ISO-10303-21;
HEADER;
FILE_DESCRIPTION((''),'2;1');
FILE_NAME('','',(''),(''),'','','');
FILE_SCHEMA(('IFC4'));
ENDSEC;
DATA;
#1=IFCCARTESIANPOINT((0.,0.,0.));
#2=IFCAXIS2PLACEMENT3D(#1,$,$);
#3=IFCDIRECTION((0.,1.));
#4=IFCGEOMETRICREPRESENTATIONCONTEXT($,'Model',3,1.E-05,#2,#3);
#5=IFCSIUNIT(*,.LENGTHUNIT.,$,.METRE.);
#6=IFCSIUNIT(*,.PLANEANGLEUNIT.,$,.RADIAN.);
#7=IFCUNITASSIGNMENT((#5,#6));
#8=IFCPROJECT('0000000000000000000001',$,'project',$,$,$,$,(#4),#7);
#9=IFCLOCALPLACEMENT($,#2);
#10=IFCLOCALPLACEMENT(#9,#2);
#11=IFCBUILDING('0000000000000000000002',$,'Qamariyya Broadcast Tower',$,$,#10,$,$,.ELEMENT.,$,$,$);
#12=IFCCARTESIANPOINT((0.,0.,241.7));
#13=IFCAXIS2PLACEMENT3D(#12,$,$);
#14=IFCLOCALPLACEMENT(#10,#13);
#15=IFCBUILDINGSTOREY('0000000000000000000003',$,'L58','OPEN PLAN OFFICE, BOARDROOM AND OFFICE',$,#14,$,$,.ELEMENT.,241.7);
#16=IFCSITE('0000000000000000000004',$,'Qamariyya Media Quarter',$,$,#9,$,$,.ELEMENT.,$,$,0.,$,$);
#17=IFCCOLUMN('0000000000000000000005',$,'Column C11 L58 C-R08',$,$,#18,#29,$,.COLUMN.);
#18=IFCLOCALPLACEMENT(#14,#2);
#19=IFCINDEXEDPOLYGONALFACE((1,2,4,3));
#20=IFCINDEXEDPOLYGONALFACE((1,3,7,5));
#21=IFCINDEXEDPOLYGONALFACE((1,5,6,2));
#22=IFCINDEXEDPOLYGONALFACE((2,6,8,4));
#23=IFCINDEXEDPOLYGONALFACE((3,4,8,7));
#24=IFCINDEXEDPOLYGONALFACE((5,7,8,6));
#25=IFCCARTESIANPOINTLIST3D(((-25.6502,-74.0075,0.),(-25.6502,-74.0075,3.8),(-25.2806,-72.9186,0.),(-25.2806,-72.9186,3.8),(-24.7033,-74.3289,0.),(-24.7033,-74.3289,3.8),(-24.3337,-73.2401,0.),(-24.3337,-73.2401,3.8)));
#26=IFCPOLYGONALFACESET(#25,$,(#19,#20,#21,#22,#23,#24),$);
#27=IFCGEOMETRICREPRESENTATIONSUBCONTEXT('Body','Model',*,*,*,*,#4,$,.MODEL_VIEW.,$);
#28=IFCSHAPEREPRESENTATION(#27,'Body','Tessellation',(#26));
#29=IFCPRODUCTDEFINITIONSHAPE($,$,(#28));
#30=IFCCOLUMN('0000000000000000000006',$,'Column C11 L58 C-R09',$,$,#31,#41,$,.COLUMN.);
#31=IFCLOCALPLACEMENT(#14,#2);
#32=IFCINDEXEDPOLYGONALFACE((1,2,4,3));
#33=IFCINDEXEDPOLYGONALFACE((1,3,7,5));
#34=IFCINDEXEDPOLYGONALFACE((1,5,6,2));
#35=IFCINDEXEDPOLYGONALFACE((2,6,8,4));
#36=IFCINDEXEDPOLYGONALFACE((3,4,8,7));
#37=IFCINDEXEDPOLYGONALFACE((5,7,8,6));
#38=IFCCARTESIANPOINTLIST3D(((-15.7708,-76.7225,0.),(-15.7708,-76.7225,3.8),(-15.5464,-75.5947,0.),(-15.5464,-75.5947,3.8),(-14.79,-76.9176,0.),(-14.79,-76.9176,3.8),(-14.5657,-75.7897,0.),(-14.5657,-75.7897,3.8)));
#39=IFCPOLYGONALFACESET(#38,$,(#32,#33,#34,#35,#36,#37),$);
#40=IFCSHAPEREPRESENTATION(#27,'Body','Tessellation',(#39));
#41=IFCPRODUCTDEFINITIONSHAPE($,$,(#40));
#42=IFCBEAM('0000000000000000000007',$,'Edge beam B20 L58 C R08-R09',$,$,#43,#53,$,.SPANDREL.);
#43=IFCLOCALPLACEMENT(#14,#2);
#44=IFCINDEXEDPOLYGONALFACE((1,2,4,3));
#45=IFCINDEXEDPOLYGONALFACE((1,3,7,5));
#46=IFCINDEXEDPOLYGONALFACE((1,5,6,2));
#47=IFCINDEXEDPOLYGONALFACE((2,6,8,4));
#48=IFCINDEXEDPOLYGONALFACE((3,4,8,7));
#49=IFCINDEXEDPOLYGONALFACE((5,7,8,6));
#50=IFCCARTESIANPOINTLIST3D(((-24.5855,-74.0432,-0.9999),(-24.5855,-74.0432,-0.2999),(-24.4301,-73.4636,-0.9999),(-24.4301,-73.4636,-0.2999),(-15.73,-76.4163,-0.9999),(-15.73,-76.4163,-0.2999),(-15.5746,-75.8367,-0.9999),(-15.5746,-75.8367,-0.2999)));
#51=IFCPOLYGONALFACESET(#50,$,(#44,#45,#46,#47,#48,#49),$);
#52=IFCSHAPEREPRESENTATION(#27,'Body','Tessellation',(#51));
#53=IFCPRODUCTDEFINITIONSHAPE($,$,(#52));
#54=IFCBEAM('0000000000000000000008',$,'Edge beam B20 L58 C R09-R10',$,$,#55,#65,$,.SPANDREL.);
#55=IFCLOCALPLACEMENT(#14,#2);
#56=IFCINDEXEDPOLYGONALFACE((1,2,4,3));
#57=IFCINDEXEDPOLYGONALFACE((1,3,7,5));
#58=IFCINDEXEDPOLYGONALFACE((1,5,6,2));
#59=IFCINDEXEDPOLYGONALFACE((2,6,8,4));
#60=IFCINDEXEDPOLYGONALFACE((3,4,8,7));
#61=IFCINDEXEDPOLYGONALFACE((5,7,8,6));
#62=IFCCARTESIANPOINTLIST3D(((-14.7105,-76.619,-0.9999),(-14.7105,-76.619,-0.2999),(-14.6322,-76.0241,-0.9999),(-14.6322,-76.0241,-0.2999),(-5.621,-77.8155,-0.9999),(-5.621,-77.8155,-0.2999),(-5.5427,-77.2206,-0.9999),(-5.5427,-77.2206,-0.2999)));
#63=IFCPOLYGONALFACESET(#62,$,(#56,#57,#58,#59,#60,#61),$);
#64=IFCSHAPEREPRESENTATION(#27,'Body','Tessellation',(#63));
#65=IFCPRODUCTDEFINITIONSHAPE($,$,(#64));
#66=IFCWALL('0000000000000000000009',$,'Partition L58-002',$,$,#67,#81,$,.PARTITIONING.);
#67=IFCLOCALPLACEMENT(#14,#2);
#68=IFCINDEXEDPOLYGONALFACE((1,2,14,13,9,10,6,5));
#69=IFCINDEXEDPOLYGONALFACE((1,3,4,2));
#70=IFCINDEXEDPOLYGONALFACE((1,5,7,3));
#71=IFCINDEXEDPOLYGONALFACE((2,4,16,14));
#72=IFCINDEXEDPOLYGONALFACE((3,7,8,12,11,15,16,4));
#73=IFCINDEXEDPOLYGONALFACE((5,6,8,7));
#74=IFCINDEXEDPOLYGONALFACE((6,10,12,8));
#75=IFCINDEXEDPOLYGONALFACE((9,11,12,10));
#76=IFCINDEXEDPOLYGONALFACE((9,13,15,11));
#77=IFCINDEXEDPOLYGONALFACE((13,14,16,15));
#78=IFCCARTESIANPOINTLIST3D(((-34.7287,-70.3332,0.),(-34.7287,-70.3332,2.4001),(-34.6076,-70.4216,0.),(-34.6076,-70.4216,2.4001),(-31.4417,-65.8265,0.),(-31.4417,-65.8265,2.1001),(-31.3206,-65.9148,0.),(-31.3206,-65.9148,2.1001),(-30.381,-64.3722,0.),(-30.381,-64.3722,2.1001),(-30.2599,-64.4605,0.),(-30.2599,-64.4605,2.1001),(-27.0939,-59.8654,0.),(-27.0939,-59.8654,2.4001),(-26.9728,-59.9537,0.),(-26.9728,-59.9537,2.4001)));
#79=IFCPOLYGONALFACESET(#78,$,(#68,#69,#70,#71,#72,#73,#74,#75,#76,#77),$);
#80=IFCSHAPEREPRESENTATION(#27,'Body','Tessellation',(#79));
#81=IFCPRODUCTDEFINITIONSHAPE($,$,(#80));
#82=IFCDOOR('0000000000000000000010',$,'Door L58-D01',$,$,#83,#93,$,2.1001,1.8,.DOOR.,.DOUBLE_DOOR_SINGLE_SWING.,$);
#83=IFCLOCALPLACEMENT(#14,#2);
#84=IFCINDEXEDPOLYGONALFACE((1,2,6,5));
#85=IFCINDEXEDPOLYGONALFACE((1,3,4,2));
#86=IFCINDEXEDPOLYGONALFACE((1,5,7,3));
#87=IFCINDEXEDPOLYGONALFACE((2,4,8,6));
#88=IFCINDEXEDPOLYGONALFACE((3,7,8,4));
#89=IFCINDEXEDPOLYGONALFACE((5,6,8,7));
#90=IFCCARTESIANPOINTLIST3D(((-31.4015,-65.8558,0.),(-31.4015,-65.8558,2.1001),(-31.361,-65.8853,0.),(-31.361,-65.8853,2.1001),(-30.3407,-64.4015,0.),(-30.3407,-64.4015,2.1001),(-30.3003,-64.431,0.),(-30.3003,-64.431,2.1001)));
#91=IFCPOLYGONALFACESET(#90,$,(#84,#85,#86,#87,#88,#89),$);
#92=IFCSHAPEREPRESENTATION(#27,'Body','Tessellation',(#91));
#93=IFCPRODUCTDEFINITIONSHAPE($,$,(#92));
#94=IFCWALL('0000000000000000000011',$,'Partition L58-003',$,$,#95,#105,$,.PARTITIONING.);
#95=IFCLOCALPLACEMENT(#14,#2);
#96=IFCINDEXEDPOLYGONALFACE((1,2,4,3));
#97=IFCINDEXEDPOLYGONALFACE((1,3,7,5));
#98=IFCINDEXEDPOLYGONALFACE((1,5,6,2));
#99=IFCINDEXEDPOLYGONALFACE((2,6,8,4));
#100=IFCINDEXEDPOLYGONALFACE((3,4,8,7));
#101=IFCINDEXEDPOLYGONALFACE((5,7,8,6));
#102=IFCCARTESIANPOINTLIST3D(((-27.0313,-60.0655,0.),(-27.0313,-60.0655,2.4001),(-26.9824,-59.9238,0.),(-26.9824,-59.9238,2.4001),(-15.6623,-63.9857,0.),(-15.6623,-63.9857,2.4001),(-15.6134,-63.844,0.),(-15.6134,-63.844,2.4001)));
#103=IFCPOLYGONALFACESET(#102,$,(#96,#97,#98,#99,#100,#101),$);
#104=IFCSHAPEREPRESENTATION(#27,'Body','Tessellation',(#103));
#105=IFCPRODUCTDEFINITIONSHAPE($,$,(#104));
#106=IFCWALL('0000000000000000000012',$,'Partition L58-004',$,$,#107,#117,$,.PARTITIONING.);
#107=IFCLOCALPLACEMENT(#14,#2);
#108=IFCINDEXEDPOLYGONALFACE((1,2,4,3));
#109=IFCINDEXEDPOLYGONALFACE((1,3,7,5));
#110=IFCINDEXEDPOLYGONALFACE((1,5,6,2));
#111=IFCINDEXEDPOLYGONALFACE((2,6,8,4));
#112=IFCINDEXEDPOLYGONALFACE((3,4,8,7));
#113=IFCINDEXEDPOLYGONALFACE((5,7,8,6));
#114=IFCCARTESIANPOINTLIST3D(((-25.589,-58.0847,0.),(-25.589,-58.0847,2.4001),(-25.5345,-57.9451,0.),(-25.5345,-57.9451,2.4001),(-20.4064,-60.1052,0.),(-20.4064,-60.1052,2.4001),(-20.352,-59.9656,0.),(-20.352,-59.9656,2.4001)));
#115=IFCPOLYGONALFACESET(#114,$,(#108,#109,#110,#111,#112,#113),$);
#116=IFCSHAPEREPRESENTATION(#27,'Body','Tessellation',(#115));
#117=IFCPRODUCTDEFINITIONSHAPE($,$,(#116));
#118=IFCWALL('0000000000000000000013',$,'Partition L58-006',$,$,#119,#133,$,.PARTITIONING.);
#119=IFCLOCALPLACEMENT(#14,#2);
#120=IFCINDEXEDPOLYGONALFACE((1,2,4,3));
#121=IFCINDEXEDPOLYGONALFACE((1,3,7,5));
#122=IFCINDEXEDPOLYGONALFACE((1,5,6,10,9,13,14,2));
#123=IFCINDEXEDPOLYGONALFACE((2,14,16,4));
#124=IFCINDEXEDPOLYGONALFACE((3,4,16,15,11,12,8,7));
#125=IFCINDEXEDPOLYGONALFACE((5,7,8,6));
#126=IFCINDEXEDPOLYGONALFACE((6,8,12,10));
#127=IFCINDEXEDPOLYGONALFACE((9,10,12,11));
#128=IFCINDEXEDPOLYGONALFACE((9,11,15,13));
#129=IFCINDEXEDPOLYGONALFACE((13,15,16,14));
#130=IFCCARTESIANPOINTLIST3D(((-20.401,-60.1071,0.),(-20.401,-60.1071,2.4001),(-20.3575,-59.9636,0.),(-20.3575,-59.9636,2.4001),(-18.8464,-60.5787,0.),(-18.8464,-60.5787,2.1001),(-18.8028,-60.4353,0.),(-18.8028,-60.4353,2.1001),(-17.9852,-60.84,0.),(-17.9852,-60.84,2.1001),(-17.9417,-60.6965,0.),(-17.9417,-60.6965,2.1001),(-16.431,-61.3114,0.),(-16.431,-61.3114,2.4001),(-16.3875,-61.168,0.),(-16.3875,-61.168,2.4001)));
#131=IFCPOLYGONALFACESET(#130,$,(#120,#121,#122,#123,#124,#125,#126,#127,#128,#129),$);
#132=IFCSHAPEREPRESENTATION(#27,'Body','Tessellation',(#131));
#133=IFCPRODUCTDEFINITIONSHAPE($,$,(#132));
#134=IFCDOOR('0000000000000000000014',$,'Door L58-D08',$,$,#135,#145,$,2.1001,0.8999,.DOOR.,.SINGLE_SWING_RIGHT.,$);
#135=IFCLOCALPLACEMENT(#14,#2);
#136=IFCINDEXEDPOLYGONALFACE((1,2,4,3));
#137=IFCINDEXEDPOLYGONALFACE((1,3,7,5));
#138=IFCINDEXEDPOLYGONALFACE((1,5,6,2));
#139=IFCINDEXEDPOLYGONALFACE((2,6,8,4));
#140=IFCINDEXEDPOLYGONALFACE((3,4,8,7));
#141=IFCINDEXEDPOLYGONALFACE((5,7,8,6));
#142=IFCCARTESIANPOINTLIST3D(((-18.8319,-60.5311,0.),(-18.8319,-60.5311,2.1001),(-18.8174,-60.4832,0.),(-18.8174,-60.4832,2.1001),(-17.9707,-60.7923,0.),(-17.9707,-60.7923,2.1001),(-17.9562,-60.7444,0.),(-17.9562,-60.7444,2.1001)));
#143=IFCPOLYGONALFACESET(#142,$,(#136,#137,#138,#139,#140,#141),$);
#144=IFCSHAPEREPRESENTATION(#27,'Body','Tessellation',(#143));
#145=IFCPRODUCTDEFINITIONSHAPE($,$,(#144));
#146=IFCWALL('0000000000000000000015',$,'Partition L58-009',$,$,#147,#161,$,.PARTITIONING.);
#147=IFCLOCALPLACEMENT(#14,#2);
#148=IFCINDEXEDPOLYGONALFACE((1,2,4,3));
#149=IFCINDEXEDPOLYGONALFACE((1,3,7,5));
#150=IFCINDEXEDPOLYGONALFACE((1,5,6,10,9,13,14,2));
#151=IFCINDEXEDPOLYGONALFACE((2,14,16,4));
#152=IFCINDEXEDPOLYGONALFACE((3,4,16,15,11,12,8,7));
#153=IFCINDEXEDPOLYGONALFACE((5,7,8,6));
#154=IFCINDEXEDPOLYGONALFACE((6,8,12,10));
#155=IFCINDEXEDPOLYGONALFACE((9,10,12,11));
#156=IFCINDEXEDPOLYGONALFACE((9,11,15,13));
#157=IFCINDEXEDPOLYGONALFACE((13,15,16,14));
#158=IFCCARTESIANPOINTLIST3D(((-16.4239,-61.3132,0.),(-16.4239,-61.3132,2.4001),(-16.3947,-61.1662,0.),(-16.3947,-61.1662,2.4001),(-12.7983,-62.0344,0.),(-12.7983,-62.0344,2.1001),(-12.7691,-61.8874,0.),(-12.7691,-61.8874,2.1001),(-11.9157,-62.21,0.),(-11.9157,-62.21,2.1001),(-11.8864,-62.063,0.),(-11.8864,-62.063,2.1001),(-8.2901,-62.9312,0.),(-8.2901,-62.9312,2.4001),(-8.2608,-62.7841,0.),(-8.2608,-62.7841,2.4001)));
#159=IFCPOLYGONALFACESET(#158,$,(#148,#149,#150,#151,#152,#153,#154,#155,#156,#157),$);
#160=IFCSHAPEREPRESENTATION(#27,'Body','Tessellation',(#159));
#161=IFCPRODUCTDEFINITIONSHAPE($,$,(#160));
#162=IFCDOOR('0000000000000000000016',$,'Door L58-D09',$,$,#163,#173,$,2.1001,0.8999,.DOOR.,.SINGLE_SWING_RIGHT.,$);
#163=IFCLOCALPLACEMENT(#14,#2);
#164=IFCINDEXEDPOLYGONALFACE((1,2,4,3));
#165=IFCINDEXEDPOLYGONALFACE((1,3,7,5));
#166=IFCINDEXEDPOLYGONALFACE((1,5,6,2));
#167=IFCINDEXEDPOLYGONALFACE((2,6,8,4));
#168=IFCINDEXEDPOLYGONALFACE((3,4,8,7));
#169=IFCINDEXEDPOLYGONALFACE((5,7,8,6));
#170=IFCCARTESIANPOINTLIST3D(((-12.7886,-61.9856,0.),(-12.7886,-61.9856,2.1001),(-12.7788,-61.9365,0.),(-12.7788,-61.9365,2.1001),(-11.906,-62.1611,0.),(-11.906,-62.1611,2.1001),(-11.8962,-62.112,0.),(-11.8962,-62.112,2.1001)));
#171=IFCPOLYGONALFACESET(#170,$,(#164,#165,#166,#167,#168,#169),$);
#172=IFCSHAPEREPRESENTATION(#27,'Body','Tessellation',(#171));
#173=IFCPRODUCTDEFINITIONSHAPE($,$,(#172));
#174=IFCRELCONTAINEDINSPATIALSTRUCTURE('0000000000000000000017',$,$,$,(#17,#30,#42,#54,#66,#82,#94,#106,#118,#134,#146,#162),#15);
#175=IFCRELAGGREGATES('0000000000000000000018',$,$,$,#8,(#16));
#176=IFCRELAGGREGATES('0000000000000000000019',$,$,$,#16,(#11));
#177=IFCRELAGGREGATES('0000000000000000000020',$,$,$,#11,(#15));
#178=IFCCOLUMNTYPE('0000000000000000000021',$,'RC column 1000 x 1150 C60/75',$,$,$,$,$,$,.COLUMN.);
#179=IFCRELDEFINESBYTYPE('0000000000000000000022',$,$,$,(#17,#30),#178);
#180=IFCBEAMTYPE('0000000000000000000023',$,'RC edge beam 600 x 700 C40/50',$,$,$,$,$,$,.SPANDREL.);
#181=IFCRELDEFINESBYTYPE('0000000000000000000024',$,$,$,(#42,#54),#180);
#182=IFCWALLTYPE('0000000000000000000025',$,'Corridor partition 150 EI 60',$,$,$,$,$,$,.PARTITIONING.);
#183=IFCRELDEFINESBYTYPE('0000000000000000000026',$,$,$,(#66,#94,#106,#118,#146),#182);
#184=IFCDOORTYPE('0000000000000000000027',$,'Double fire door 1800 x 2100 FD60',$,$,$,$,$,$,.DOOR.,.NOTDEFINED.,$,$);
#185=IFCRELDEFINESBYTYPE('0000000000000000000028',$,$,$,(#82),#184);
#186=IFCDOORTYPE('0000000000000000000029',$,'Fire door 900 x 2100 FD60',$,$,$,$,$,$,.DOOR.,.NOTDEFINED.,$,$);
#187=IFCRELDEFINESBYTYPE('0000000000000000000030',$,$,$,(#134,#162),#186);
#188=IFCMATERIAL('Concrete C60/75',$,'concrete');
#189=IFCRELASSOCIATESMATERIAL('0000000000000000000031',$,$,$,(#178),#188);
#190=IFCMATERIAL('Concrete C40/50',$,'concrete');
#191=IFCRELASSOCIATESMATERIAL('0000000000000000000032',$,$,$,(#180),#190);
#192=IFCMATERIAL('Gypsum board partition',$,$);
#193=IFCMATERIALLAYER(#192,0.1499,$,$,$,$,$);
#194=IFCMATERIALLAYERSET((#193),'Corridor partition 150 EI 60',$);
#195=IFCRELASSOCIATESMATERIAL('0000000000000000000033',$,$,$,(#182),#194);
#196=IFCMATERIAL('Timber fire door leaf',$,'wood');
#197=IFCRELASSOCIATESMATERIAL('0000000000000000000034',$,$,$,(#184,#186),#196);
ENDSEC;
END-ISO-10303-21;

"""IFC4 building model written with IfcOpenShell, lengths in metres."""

from ifc_helpers import new_model, si_unit, direction, frame, frame_2d, origin, origin_2d, place, context, subcontext, project, spatial, rectangle, extrude, material, layer, layer_set, material_profile, profile_set, type_object, element, fill, save


model = new_model("IFC4")

# Units and contexts
model_context = context("Model", 3, precision=1e-05, world=origin(), true_north=direction((0.0, 1.0)))
body_context = subcontext(model_context, "Body", "Model", "MODEL_VIEW")
ifc_project = project(units=[si_unit("LENGTHUNIT", "METRE"), si_unit("PLANEANGLEUNIT", "RADIAN")], contexts=[model_context])

# Site, building, storey
site_placement = place(None, origin())
site = spatial("IfcSite", under=ifc_project, at=site_placement, Name="Qamariyya Media Quarter", CompositionType="ELEMENT", RefElevation=0.0)
building_placement = place(site_placement, origin())
building = spatial("IfcBuilding", under=site, at=building_placement, Name="Qamariyya Broadcast Tower", CompositionType="ELEMENT")
storey_placement = place(building_placement, frame((0.0, 0.0, 241.7)))
storey = spatial("IfcBuildingStorey", under=building, at=storey_placement, Name="L58", Description="OPEN PLAN OFFICE, BOARDROOM AND OFFICE", CompositionType="ELEMENT", Elevation=241.7)

# Columns
ifc_material_1 = material(Name="Concrete C60/75", Category="concrete")
ifc_material_profile_1 = material_profile(ifc_material_1, rectangle(XDim=1.0, YDim=1.1499, at=origin_2d()))
ifc_profile_set_1 = profile_set([ifc_material_profile_1], Name="Concrete C60/75")
column_type = type_object("IfcColumnType", Name="RC column 1000 x 1150 C60/75", PredefinedType="COLUMN", material=ifc_profile_set_1)
for number, where, z_axis, x_axis, name in (
    (1, (-24.9919, -73.6238, 0.0), (0.0, 0.0, 1.0), (0.94693, -0.321439, 0.0), "Column C11 L58 C-R08"),
    (2, (-15.1682, -76.2561, 0.0), (0.0, 0.0, 1.0), (0.980785, -0.19509, 0.0), "Column C11 L58 C-R09"),
):
    element("IfcColumn", number, at=place(storey_placement, frame(where, z_axis=z_axis, x_axis=x_axis)), inside=storey, type_object=column_type, Name=name, PredefinedType="COLUMN", context=body_context, shape_type="SweptSolid", body=[
        extrude(rectangle(XDim=1.0, YDim=1.1499, at=origin_2d()), origin(), (0.0, 0.0, 1.0), 3.8),
    ])

# Beams
ifc_material_2 = material(Name="Concrete C40/50", Category="concrete")
ifc_material_profile_2 = material_profile(ifc_material_2, rectangle(XDim=0.6001, YDim=0.7, at=origin_2d()))
ifc_profile_set_2 = profile_set([ifc_material_profile_2], Name="Concrete C40/50")
beam_type = type_object("IfcBeamType", Name="RC edge beam 600 x 700 C40/50", PredefinedType="SPANDREL", material=ifc_profile_set_2)
for number, where, z_axis, x_axis, name in (
    (3, (-24.5078, -73.7534, -0.6499), (0.96592, -0.258843, 0.0), (0.258843, 0.96592, 0.0), "Edge beam B20 L58 C R08-R09"),
    (4, (-14.6714, -76.3215, -0.6499), (0.991447, -0.130512, 0.0), (0.130512, 0.991447, 0.0), "Edge beam B20 L58 C R09-R10"),
):
    element("IfcBeam", number, at=place(storey_placement, frame(where, z_axis=z_axis, x_axis=x_axis)), inside=storey, type_object=beam_type, Name=name, PredefinedType="SPANDREL", context=body_context, shape_type="SweptSolid", body=[
        extrude(rectangle(XDim=0.6001, YDim=0.7, at=origin_2d()), origin(), (0.0, 0.0, 1.0), 9.168),
    ])

# Wall, opening, door
ifc_material_3 = material(Name="Gypsum board partition")
ifc_layer_1 = layer(ifc_material_3, 0.1499)
ifc_layer_set_1 = layer_set([ifc_layer_1], Name="Corridor partition 150 EI 60")
wall_type_1 = type_object("IfcWallType", Name="Corridor partition 150 EI 60", PredefinedType="PARTITIONING", material=ifc_layer_set_1)
wall_1_placement = place(storey_placement, frame((-27.0334, -59.9097, 0.0), z_axis=(0.0, 0.0, 1.0), x_axis=(-0.589274, -0.807934, 0.0)))
wall_1 = element("IfcWall", 5, at=wall_1_placement, inside=storey, type_object=wall_type_1, Name="Partition L58-002", PredefinedType="PARTITIONING", context=body_context, shape_type="SweptSolid", body=[
    extrude(rectangle(XDim=12.9563, YDim=0.1499, at=frame_2d((6.478, 0.0))), origin(), (0.0, 0.0, 1.0), 2.4001),
])
opening_1_placement = place(wall_1_placement, frame((5.5781, 0.0, 0.0)))
opening_1 = element("IfcOpeningElement", 6, at=opening_1_placement, cuts=wall_1, PredefinedType="OPENING", context=body_context, shape_type="SweptSolid", body=[
    extrude(rectangle(XDim=1.8, YDim=2.1001, at=frame_2d((0.8999, 1.05))), frame((0.0, 0.085, 0.0), z_axis=(0.0, -1.0, 0.0), x_axis=(1.0, 0.0, 0.0)), (0.0, 0.0, 1.0), 0.1699),
])
ifc_material_4 = material(Name="Timber fire door leaf", Category="wood")
door_type_1 = type_object("IfcDoorType", Name="Double fire door 1800 x 2100 FD60", OperationType="NOTDEFINED", PredefinedType="DOOR", material=ifc_material_4)
door_1_placement = place(opening_1_placement, origin())
door_1 = element("IfcDoor", 7, at=door_1_placement, inside=storey, type_object=door_type_1, Name="Door L58-D01", OperationType="DOUBLE_DOOR_SINGLE_SWING", OverallHeight=2.1001, OverallWidth=1.8, PredefinedType="DOOR", context=body_context, shape_type="SweptSolid", body=[
    extrude(rectangle(XDim=1.8, YDim=2.1001, at=frame_2d((0.8999, 1.05))), frame((0.0, 0.0249, 0.0), z_axis=(0.0, -1.0, 0.0), x_axis=(1.0, 0.0, 0.0)), (0.0, 0.0, 1.0), 0.05),
])
fill(opening_1, door_1)

# Walls
wall_2_placement = place(storey_placement, frame((-27.0068, -59.9946, 0.0), z_axis=(0.0, 0.0, 1.0), x_axis=(0.945377, -0.32598, 0.0)))
element("IfcWall", 8, at=wall_2_placement, inside=storey, type_object=wall_type_1, Name="Partition L58-003", PredefinedType="PARTITIONING", context=body_context, shape_type="SweptSolid", body=[
    extrude(rectangle(XDim=12.0259, YDim=0.1499, at=frame_2d((6.0129, 0.0))), origin(), (0.0, 0.0, 1.0), 2.4001),
])
wall_3_placement = place(storey_placement, frame((-25.5618, -58.0149, 0.0), z_axis=(0.0, 0.0, 1.0), x_axis=(0.931698, -0.363234, 0.0)))
element("IfcWall", 9, at=wall_3_placement, inside=storey, type_object=wall_type_1, Name="Partition L58-004", PredefinedType="PARTITIONING", context=body_context, shape_type="SweptSolid", body=[
    extrude(rectangle(XDim=5.5625, YDim=0.1499, at=frame_2d((2.7812, 0.0))), origin(), (0.0, 0.0, 1.0), 2.4001),
])

# Walls, openings, doors
wall_4_placement = place(storey_placement, frame((-20.3792, -60.0354, 0.0), z_axis=(0.0, 0.0, 1.0), x_axis=(0.956936, -0.2903, 0.0)))
wall_4 = element("IfcWall", 10, at=wall_4_placement, inside=storey, type_object=wall_type_1, Name="Partition L58-006", PredefinedType="PARTITIONING", context=body_context, shape_type="SweptSolid", body=[
    extrude(rectangle(XDim=4.1487, YDim=0.1499, at=frame_2d((2.0742, 0.0))), origin(), (0.0, 0.0, 1.0), 2.4001),
])
opening_2_placement = place(wall_4_placement, frame((1.6245, 0.0, 0.0)))
opening_2 = element("IfcOpeningElement", 11, at=opening_2_placement, cuts=wall_4, PredefinedType="OPENING", context=body_context, shape_type="SweptSolid", body=[
    extrude(rectangle(XDim=0.8999, YDim=2.1001, at=frame_2d((0.45, 1.05))), frame((0.0, 0.085, 0.0), z_axis=(0.0, -1.0, 0.0), x_axis=(1.0, 0.0, 0.0)), (0.0, 0.0, 1.0), 0.1699),
])
door_type_2 = type_object("IfcDoorType", Name="Fire door 900 x 2100 FD60", OperationType="NOTDEFINED", PredefinedType="DOOR", material=ifc_material_4)
door_2_placement = place(opening_2_placement, origin())
door_2 = element("IfcDoor", 12, at=door_2_placement, inside=storey, type_object=door_type_2, Name="Door L58-D08", OperationType="SINGLE_SWING_RIGHT", OverallHeight=2.1001, OverallWidth=0.8999, PredefinedType="DOOR", context=body_context, shape_type="SweptSolid", body=[
    extrude(rectangle(XDim=0.8999, YDim=2.1001, at=frame_2d((0.45, 1.05))), frame((0.0, 0.0249, 0.0), z_axis=(0.0, -1.0, 0.0), x_axis=(1.0, 0.0, 0.0)), (0.0, 0.0, 1.0), 0.05),
])
fill(opening_2, door_2)
wall_5_placement = place(storey_placement, frame((-16.4092, -61.2397, 0.0), z_axis=(0.0, 0.0, 1.0), x_axis=(0.980785, -0.195091, 0.0)))
wall_5 = element("IfcWall", 13, at=wall_5_placement, inside=storey, type_object=wall_type_1, Name="Partition L58-009", PredefinedType="PARTITIONING", context=body_context, shape_type="SweptSolid", body=[
    extrude(rectangle(XDim=8.2932, YDim=0.1499, at=frame_2d((4.1465, 0.0))), origin(), (0.0, 0.0, 1.0), 2.4001),
])
opening_3_placement = place(wall_5_placement, frame((3.6965, 0.0, 0.0)))
opening_3 = element("IfcOpeningElement", 14, at=opening_3_placement, cuts=wall_5, PredefinedType="OPENING", context=body_context, shape_type="SweptSolid", body=[
    extrude(rectangle(XDim=0.8999, YDim=2.1001, at=frame_2d((0.45, 1.05))), frame((0.0, 0.085, 0.0), z_axis=(0.0, -1.0, 0.0), x_axis=(1.0, 0.0, 0.0)), (0.0, 0.0, 1.0), 0.1699),
])
door_3_placement = place(opening_3_placement, origin())
door_3 = element("IfcDoor", 15, at=door_3_placement, inside=storey, type_object=door_type_2, Name="Door L58-D09", OperationType="SINGLE_SWING_RIGHT", OverallHeight=2.1001, OverallWidth=0.8999, PredefinedType="DOOR", context=body_context, shape_type="SweptSolid", body=[
    extrude(rectangle(XDim=0.8999, YDim=2.1001, at=frame_2d((0.45, 1.05))), frame((0.0, 0.0249, 0.0), z_axis=(0.0, -1.0, 0.0), x_axis=(1.0, 0.0, 0.0)), (0.0, 0.0, 1.0), 0.05),
])
fill(opening_3, door_3)

save(model, "model.ifc")
